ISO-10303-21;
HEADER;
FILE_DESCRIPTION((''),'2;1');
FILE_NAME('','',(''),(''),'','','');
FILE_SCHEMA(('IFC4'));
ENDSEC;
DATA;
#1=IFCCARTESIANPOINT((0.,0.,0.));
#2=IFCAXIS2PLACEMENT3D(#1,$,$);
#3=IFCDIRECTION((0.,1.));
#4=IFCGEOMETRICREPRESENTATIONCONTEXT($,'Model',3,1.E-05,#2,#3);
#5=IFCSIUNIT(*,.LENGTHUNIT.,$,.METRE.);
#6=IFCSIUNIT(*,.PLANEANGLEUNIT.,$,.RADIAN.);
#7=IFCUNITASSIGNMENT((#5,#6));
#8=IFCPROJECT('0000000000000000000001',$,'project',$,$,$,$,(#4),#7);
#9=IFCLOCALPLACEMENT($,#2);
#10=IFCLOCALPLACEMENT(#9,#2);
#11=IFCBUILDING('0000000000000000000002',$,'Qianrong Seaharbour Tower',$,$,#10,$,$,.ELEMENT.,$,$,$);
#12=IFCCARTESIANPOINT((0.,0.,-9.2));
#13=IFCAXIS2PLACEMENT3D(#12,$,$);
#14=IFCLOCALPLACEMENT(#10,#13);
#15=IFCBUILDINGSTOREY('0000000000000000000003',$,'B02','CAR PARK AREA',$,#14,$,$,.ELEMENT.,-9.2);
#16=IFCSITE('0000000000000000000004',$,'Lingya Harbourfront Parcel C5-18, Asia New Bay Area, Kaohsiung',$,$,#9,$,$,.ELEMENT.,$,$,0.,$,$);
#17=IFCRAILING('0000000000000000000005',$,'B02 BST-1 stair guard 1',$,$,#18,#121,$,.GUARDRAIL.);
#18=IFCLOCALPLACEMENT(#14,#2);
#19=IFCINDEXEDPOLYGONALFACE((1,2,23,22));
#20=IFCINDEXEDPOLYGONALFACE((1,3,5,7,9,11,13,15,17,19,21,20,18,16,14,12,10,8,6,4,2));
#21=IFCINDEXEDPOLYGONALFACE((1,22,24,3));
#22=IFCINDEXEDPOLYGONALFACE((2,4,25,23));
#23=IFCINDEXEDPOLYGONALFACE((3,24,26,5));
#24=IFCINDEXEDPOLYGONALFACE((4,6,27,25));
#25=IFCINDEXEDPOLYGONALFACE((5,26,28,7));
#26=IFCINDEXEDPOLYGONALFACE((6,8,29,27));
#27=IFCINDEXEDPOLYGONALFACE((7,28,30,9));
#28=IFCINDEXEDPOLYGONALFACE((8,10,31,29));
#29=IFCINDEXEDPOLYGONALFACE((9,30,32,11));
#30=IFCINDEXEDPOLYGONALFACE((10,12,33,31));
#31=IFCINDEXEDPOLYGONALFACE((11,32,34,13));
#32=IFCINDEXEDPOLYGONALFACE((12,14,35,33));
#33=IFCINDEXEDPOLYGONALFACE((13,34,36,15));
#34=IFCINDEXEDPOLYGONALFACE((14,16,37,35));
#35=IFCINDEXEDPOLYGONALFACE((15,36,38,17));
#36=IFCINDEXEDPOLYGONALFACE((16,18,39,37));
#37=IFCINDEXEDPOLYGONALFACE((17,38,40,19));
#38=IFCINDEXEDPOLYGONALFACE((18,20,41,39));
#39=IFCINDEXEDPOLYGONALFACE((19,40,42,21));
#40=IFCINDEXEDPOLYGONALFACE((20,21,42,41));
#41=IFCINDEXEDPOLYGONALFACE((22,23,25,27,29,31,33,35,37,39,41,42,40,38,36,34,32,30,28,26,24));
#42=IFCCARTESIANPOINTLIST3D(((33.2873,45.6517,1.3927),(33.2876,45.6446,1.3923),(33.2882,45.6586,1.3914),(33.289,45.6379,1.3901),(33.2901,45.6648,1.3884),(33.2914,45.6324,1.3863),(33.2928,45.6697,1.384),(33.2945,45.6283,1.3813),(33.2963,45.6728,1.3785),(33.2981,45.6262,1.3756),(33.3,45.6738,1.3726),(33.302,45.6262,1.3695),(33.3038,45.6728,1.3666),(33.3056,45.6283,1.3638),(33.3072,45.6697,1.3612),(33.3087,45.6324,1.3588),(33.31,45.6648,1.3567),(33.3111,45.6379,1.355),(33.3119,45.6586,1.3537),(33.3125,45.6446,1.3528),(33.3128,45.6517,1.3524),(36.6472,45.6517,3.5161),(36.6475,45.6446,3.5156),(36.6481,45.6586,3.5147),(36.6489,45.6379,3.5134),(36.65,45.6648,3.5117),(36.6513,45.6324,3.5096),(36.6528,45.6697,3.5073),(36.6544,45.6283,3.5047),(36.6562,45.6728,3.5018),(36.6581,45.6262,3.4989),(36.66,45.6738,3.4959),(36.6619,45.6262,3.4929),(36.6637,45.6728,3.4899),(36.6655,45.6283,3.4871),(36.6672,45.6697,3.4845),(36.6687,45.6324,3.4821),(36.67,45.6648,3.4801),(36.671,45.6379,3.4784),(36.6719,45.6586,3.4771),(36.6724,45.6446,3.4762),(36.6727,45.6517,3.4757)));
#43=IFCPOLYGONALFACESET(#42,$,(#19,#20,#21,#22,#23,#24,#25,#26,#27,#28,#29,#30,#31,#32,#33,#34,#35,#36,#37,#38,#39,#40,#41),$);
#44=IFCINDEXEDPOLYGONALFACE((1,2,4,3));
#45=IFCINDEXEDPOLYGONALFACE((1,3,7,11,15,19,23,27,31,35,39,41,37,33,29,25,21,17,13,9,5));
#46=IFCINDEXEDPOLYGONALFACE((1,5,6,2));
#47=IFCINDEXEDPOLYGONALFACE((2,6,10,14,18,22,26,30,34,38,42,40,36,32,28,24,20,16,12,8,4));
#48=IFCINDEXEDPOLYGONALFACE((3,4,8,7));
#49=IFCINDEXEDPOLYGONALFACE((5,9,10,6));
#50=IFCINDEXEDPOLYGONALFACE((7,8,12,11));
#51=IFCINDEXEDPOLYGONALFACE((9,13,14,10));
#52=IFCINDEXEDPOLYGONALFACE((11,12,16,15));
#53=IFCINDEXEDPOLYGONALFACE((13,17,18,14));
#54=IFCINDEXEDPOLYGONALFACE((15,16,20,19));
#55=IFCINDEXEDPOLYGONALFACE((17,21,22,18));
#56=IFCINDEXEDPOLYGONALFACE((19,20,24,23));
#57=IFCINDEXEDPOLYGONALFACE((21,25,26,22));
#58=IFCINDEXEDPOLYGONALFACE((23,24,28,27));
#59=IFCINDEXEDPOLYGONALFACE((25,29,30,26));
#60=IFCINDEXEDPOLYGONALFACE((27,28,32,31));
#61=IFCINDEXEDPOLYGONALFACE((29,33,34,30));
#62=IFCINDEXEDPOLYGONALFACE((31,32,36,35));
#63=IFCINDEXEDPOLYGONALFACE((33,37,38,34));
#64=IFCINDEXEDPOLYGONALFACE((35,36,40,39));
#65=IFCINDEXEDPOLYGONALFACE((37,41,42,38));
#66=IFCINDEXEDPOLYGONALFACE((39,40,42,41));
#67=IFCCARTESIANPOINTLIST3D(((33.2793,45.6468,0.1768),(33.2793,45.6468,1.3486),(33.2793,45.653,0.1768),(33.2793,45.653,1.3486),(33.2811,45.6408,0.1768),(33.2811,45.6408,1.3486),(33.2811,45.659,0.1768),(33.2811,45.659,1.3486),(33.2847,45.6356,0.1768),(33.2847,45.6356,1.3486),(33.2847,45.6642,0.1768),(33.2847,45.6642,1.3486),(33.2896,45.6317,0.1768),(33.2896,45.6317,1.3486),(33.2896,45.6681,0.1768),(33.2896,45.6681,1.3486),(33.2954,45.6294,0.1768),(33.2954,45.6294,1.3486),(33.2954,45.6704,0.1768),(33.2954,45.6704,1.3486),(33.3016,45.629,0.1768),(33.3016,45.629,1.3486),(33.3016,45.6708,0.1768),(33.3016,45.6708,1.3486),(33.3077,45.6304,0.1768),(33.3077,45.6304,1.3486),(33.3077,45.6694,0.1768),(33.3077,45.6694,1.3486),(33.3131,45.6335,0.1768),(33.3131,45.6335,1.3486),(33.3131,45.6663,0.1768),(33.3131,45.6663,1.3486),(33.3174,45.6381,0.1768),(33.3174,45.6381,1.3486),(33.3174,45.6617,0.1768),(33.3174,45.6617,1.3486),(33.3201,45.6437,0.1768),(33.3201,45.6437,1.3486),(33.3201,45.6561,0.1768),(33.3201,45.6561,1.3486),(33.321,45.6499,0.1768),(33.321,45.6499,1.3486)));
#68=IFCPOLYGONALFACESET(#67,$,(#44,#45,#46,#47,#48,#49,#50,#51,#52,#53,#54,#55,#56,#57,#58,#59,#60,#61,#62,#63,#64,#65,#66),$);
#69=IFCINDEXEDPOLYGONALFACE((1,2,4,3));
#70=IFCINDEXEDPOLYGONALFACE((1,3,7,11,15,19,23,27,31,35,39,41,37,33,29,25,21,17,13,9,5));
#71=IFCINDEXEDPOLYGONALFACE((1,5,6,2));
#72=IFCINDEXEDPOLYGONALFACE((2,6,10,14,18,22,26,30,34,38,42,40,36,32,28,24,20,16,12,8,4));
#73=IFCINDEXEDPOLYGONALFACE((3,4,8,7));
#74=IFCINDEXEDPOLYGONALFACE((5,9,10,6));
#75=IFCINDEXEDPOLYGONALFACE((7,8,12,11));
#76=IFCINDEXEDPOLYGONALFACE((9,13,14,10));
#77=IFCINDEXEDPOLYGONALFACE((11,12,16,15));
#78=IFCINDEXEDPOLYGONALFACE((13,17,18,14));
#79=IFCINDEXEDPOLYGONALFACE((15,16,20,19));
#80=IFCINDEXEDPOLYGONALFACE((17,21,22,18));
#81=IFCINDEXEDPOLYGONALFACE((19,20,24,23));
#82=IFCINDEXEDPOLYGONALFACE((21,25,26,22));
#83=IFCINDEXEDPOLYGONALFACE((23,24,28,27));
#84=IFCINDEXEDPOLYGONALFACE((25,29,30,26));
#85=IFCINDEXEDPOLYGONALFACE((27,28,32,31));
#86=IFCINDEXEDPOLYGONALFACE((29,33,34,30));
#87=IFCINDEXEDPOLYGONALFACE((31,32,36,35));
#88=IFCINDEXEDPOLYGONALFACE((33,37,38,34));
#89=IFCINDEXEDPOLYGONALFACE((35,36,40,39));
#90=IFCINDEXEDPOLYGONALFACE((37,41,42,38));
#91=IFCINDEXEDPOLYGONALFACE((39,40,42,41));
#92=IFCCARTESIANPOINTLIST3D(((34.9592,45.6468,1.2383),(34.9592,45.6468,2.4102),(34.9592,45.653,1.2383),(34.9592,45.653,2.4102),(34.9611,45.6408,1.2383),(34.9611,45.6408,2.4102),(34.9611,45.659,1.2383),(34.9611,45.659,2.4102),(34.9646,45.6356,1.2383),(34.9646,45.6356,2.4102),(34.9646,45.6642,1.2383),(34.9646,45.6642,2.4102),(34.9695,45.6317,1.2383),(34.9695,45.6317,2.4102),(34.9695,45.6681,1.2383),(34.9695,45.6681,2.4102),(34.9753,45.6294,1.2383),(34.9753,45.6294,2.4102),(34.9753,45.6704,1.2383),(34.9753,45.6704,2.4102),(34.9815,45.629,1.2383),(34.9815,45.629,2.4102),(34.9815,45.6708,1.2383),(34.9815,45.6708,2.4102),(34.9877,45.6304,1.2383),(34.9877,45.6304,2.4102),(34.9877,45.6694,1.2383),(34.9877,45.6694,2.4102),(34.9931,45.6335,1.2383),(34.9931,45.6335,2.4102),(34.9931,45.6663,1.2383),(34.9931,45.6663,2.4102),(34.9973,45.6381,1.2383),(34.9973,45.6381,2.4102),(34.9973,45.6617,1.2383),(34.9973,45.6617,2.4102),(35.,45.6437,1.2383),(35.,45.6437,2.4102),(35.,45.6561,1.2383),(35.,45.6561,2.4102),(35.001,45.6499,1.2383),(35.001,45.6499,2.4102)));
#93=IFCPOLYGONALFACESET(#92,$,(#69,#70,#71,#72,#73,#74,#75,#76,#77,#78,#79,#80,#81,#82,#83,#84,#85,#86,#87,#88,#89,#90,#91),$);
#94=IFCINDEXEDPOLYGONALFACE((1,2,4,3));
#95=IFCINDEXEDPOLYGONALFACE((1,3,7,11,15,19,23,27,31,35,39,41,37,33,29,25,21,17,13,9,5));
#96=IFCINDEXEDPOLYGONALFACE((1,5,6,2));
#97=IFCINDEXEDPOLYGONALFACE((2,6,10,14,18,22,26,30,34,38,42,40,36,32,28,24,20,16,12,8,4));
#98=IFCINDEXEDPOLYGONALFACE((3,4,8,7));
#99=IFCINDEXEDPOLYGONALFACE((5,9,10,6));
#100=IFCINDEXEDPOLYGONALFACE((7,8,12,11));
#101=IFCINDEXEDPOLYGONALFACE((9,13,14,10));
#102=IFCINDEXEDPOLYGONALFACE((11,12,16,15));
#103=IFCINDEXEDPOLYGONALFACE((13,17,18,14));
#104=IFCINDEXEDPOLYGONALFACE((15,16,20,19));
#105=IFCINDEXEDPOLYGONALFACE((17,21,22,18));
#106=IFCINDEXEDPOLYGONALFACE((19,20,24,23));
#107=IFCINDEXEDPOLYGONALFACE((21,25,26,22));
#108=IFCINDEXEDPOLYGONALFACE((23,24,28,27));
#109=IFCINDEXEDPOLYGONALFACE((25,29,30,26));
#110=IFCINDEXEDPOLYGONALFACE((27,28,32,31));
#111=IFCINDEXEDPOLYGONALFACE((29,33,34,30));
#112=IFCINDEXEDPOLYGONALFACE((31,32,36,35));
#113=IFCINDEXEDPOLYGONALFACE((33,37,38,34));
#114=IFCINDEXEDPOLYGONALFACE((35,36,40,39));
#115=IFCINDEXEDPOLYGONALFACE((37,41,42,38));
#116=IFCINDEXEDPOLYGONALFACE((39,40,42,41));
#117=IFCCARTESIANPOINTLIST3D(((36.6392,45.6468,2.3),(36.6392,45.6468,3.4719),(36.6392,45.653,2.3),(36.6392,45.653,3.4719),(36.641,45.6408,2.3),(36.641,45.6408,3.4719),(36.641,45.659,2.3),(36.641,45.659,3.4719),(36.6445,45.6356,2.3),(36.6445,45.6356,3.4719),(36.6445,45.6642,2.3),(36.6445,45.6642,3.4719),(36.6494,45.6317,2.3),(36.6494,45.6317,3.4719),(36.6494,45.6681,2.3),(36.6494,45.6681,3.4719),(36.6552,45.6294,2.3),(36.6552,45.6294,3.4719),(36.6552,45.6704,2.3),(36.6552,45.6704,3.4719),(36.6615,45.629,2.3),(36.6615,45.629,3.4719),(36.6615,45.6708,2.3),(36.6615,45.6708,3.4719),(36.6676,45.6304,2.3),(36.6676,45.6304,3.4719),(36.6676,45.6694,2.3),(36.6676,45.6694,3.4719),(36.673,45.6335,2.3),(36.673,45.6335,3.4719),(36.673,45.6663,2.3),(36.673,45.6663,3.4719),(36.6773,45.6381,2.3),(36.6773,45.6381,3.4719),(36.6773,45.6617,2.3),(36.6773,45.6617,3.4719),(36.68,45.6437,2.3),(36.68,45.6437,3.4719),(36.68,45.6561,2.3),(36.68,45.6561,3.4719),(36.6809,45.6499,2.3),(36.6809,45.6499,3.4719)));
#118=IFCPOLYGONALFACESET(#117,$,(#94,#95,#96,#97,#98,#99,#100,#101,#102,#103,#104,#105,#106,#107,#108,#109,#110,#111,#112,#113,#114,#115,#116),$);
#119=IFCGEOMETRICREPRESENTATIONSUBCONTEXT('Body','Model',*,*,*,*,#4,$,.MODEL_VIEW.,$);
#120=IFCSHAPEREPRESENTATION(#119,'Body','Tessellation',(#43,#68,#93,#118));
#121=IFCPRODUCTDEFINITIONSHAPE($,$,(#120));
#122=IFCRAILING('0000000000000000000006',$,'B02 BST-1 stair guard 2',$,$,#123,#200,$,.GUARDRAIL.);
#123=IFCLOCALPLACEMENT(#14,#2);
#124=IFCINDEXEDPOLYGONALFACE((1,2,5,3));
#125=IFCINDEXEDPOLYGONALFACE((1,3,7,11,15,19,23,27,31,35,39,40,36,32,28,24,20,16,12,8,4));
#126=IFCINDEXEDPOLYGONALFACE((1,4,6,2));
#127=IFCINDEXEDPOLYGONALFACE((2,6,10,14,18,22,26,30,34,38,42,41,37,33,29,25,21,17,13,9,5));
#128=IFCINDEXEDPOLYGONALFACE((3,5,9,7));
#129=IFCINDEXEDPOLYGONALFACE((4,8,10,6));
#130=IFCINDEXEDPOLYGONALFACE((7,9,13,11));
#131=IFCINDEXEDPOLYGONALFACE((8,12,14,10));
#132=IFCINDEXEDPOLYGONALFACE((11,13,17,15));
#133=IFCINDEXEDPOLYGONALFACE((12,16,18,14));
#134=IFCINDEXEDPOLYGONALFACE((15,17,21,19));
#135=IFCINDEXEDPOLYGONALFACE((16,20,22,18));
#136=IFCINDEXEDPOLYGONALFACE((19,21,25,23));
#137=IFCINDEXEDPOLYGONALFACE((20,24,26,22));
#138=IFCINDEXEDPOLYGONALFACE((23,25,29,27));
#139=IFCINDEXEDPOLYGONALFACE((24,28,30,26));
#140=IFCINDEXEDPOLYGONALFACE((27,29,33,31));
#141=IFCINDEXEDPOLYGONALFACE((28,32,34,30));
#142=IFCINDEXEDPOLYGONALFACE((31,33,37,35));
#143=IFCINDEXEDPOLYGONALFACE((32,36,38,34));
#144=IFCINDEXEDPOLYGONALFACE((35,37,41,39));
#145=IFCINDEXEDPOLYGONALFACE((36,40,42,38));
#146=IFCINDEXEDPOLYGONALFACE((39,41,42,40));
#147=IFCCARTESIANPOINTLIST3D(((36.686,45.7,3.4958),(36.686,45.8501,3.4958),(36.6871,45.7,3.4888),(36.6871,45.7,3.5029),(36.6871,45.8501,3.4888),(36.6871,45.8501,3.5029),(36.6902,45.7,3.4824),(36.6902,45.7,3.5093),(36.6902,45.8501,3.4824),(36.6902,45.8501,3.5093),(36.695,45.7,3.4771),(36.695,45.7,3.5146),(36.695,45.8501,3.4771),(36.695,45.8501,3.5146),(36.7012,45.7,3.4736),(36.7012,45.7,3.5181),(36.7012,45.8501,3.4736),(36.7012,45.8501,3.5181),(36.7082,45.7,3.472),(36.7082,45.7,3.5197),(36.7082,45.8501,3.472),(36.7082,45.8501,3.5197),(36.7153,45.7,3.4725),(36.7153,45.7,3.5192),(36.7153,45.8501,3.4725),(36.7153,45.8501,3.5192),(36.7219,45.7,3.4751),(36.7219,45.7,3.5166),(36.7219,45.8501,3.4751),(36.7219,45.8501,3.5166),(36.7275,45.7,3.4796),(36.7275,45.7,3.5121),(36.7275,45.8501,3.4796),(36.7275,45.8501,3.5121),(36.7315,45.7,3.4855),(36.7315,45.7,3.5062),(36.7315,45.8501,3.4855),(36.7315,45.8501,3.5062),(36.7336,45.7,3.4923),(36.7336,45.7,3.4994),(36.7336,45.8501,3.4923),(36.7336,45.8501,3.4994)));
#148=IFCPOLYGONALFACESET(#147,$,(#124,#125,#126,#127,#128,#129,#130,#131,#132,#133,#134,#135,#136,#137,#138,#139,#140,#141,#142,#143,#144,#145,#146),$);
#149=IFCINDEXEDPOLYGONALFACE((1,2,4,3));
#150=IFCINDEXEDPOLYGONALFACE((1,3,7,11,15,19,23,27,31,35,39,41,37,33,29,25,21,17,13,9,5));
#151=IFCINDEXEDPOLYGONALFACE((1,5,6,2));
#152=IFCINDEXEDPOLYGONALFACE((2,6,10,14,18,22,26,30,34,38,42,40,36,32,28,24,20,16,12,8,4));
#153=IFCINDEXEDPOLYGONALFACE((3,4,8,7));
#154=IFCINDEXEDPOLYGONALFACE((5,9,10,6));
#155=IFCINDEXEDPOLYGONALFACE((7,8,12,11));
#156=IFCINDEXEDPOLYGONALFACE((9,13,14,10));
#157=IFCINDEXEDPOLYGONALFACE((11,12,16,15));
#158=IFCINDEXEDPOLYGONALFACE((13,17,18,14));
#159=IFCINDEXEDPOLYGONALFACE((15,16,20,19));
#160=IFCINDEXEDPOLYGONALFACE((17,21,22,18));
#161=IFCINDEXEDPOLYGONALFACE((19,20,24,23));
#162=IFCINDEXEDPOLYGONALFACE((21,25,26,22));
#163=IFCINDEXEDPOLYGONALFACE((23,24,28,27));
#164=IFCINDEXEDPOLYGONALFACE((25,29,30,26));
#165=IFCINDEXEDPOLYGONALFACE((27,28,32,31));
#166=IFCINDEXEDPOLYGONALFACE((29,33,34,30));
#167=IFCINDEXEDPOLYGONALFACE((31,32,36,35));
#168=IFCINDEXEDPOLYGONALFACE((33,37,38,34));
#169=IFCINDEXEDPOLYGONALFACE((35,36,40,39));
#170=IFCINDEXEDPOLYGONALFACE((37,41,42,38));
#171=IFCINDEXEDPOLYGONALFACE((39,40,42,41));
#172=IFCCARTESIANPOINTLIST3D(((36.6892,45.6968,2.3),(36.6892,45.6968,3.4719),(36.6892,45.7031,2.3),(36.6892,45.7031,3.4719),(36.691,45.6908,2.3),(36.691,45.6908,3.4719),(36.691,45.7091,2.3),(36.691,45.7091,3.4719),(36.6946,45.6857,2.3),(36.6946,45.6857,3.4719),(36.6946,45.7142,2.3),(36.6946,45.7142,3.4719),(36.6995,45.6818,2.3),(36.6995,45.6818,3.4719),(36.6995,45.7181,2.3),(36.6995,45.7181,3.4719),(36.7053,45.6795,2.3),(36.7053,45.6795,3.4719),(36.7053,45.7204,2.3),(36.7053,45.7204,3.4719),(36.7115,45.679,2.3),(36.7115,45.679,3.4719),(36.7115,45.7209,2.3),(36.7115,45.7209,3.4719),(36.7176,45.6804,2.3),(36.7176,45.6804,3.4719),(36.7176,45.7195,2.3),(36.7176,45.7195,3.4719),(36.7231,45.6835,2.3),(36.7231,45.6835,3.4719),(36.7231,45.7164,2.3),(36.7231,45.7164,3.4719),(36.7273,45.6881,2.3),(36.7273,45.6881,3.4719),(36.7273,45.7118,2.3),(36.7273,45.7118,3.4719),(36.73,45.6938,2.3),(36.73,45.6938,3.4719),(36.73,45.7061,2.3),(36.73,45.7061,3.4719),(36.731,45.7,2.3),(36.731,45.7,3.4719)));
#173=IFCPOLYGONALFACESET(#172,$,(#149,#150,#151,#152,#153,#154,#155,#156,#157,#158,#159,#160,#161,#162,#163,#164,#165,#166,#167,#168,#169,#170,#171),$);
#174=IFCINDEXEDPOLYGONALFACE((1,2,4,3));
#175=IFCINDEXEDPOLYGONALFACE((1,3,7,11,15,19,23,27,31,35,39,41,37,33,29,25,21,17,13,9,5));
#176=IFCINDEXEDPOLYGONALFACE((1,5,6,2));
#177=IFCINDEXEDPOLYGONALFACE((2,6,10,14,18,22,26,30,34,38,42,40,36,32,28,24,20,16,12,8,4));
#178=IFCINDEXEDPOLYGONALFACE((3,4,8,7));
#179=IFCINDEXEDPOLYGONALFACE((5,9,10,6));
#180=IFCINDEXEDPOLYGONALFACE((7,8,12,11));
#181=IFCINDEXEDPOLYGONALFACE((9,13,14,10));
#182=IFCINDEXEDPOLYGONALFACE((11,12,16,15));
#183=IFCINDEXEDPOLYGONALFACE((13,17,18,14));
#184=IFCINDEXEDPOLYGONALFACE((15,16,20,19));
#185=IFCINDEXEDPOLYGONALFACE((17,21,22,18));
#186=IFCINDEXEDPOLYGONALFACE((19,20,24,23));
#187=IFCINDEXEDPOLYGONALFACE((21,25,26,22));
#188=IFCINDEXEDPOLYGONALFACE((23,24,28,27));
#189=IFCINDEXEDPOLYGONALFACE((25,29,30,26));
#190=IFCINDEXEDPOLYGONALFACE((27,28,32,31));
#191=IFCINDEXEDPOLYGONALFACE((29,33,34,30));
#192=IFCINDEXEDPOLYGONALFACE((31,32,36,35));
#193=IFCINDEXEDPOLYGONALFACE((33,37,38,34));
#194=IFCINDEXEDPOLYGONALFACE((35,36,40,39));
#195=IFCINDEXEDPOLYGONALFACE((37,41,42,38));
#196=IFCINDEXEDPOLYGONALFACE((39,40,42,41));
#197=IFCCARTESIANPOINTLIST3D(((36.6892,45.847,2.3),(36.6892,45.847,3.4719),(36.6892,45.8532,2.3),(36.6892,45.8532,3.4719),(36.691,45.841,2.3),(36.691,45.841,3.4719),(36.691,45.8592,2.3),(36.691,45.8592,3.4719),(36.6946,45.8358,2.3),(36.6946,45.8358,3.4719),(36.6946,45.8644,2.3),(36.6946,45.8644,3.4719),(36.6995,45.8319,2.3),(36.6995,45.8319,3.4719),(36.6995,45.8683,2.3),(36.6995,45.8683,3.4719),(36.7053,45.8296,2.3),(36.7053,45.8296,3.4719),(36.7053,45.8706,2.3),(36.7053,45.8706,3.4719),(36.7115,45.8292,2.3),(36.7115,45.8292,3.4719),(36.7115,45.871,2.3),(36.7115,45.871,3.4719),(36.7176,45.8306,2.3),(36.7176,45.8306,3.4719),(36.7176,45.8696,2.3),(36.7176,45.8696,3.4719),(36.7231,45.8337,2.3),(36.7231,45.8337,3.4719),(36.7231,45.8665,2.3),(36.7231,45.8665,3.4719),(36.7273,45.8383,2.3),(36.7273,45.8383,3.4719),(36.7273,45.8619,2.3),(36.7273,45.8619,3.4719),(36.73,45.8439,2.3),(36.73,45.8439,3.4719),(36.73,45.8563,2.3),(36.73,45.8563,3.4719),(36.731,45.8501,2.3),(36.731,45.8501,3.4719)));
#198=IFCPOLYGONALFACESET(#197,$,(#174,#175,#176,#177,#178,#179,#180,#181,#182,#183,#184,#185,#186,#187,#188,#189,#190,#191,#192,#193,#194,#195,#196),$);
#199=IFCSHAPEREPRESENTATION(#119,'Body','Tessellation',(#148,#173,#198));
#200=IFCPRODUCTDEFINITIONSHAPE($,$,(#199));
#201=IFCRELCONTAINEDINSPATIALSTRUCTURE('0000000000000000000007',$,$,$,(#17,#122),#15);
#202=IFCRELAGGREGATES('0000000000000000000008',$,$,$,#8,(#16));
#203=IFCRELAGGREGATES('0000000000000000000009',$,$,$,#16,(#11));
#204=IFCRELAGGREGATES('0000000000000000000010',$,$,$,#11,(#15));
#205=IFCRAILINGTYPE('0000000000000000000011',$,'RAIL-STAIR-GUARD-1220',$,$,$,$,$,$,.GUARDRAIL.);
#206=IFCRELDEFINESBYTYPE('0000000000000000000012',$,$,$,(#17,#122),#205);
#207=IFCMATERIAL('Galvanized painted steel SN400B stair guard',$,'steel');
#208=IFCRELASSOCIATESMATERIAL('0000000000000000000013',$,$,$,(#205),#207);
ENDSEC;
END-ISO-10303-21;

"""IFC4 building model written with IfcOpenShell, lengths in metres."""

from ifc_helpers import new_model, si_unit, direction, frame, origin, origin_2d, place, context, subcontext, project, spatial, circle, extrude, material, type_object, element, save


model = new_model("IFC4")

# Units and contexts
model_context = context("Model", 3, precision=1e-05, world=origin(), true_north=direction((0.0, 1.0)))
body_context = subcontext(model_context, "Body", "Model", "MODEL_VIEW")
ifc_project = project(units=[si_unit("LENGTHUNIT", "METRE"), si_unit("PLANEANGLEUNIT", "RADIAN")], contexts=[model_context])

# Site, building, storey
site_placement = place(None, origin())
site = spatial("IfcSite", under=ifc_project, at=site_placement, Name="Lingya Harbourfront Parcel C5-18, Asia New Bay Area, Kaohsiung", CompositionType="ELEMENT", RefElevation=0.0)
building_placement = place(site_placement, origin())
building = spatial("IfcBuilding", under=site, at=building_placement, Name="Qianrong Seaharbour Tower", CompositionType="ELEMENT")
storey_placement = place(building_placement, frame((0.0, 0.0, -9.2)))
storey = spatial("IfcBuildingStorey", under=building, at=storey_placement, Name="B02", Description="CAR PARK AREA", CompositionType="ELEMENT", Elevation=-9.2)

# Railings
ifc_material_1 = material(Name="Galvanized painted steel SN400B stair guard", Category="steel")
railing_type_1 = type_object("IfcRailingType", Name="RAIL-STAIR-GUARD-1220", PredefinedType="GUARDRAIL", material=ifc_material_1)
railing_1_placement = place(storey_placement, frame((33.3, 45.6499, 0.1768)))
element("IfcRailing", 1, at=railing_1_placement, inside=storey, type_object=railing_type_1, Name="B02 BST-1 stair guard 1", PredefinedType="GUARDRAIL", context=body_context, shape_type="SweptSolid", body=[
    extrude(circle(Radius=0.0239, at=origin_2d()), frame((0.0, 0.0, 1.1958), z_axis=(0.845344, 0.0, 0.534222), x_axis=(0.0, 1.0, 0.0)), (0.0, 0.0, 1.0), 3.9746),
    extrude(circle(Radius=0.021, at=origin_2d()), origin(), (0.0, 0.0, 1.0), 1.1719),
    extrude(circle(Radius=0.021, at=origin_2d()), frame((1.6799, 0.0, 1.0615)), (0.0, 0.0, 1.0), 1.1719),
    extrude(circle(Radius=0.021, at=origin_2d()), frame((3.3599, 0.0, 2.1233)), (0.0, 0.0, 1.0), 1.1719),
])
railing_2_placement = place(storey_placement, frame((36.71, 45.7, 2.3)))
element("IfcRailing", 2, at=railing_2_placement, inside=storey, type_object=railing_type_1, Name="B02 BST-1 stair guard 2", PredefinedType="GUARDRAIL", context=body_context, shape_type="SweptSolid", body=[
    extrude(circle(Radius=0.0239, at=origin_2d()), frame((0.0, 0.0, 1.1958), z_axis=(0.0, 1.0, 0.0), x_axis=(-1.0, 0.0, 0.0)), (0.0, 0.0, 1.0), 0.1501),
    extrude(circle(Radius=0.021, at=origin_2d()), origin(), (0.0, 0.0, 1.0), 1.1719),
    extrude(circle(Radius=0.021, at=origin_2d()), frame((0.0, 0.1501, 0.0)), (0.0, 0.0, 1.0), 1.1719),
])

save(model, "model.ifc")
